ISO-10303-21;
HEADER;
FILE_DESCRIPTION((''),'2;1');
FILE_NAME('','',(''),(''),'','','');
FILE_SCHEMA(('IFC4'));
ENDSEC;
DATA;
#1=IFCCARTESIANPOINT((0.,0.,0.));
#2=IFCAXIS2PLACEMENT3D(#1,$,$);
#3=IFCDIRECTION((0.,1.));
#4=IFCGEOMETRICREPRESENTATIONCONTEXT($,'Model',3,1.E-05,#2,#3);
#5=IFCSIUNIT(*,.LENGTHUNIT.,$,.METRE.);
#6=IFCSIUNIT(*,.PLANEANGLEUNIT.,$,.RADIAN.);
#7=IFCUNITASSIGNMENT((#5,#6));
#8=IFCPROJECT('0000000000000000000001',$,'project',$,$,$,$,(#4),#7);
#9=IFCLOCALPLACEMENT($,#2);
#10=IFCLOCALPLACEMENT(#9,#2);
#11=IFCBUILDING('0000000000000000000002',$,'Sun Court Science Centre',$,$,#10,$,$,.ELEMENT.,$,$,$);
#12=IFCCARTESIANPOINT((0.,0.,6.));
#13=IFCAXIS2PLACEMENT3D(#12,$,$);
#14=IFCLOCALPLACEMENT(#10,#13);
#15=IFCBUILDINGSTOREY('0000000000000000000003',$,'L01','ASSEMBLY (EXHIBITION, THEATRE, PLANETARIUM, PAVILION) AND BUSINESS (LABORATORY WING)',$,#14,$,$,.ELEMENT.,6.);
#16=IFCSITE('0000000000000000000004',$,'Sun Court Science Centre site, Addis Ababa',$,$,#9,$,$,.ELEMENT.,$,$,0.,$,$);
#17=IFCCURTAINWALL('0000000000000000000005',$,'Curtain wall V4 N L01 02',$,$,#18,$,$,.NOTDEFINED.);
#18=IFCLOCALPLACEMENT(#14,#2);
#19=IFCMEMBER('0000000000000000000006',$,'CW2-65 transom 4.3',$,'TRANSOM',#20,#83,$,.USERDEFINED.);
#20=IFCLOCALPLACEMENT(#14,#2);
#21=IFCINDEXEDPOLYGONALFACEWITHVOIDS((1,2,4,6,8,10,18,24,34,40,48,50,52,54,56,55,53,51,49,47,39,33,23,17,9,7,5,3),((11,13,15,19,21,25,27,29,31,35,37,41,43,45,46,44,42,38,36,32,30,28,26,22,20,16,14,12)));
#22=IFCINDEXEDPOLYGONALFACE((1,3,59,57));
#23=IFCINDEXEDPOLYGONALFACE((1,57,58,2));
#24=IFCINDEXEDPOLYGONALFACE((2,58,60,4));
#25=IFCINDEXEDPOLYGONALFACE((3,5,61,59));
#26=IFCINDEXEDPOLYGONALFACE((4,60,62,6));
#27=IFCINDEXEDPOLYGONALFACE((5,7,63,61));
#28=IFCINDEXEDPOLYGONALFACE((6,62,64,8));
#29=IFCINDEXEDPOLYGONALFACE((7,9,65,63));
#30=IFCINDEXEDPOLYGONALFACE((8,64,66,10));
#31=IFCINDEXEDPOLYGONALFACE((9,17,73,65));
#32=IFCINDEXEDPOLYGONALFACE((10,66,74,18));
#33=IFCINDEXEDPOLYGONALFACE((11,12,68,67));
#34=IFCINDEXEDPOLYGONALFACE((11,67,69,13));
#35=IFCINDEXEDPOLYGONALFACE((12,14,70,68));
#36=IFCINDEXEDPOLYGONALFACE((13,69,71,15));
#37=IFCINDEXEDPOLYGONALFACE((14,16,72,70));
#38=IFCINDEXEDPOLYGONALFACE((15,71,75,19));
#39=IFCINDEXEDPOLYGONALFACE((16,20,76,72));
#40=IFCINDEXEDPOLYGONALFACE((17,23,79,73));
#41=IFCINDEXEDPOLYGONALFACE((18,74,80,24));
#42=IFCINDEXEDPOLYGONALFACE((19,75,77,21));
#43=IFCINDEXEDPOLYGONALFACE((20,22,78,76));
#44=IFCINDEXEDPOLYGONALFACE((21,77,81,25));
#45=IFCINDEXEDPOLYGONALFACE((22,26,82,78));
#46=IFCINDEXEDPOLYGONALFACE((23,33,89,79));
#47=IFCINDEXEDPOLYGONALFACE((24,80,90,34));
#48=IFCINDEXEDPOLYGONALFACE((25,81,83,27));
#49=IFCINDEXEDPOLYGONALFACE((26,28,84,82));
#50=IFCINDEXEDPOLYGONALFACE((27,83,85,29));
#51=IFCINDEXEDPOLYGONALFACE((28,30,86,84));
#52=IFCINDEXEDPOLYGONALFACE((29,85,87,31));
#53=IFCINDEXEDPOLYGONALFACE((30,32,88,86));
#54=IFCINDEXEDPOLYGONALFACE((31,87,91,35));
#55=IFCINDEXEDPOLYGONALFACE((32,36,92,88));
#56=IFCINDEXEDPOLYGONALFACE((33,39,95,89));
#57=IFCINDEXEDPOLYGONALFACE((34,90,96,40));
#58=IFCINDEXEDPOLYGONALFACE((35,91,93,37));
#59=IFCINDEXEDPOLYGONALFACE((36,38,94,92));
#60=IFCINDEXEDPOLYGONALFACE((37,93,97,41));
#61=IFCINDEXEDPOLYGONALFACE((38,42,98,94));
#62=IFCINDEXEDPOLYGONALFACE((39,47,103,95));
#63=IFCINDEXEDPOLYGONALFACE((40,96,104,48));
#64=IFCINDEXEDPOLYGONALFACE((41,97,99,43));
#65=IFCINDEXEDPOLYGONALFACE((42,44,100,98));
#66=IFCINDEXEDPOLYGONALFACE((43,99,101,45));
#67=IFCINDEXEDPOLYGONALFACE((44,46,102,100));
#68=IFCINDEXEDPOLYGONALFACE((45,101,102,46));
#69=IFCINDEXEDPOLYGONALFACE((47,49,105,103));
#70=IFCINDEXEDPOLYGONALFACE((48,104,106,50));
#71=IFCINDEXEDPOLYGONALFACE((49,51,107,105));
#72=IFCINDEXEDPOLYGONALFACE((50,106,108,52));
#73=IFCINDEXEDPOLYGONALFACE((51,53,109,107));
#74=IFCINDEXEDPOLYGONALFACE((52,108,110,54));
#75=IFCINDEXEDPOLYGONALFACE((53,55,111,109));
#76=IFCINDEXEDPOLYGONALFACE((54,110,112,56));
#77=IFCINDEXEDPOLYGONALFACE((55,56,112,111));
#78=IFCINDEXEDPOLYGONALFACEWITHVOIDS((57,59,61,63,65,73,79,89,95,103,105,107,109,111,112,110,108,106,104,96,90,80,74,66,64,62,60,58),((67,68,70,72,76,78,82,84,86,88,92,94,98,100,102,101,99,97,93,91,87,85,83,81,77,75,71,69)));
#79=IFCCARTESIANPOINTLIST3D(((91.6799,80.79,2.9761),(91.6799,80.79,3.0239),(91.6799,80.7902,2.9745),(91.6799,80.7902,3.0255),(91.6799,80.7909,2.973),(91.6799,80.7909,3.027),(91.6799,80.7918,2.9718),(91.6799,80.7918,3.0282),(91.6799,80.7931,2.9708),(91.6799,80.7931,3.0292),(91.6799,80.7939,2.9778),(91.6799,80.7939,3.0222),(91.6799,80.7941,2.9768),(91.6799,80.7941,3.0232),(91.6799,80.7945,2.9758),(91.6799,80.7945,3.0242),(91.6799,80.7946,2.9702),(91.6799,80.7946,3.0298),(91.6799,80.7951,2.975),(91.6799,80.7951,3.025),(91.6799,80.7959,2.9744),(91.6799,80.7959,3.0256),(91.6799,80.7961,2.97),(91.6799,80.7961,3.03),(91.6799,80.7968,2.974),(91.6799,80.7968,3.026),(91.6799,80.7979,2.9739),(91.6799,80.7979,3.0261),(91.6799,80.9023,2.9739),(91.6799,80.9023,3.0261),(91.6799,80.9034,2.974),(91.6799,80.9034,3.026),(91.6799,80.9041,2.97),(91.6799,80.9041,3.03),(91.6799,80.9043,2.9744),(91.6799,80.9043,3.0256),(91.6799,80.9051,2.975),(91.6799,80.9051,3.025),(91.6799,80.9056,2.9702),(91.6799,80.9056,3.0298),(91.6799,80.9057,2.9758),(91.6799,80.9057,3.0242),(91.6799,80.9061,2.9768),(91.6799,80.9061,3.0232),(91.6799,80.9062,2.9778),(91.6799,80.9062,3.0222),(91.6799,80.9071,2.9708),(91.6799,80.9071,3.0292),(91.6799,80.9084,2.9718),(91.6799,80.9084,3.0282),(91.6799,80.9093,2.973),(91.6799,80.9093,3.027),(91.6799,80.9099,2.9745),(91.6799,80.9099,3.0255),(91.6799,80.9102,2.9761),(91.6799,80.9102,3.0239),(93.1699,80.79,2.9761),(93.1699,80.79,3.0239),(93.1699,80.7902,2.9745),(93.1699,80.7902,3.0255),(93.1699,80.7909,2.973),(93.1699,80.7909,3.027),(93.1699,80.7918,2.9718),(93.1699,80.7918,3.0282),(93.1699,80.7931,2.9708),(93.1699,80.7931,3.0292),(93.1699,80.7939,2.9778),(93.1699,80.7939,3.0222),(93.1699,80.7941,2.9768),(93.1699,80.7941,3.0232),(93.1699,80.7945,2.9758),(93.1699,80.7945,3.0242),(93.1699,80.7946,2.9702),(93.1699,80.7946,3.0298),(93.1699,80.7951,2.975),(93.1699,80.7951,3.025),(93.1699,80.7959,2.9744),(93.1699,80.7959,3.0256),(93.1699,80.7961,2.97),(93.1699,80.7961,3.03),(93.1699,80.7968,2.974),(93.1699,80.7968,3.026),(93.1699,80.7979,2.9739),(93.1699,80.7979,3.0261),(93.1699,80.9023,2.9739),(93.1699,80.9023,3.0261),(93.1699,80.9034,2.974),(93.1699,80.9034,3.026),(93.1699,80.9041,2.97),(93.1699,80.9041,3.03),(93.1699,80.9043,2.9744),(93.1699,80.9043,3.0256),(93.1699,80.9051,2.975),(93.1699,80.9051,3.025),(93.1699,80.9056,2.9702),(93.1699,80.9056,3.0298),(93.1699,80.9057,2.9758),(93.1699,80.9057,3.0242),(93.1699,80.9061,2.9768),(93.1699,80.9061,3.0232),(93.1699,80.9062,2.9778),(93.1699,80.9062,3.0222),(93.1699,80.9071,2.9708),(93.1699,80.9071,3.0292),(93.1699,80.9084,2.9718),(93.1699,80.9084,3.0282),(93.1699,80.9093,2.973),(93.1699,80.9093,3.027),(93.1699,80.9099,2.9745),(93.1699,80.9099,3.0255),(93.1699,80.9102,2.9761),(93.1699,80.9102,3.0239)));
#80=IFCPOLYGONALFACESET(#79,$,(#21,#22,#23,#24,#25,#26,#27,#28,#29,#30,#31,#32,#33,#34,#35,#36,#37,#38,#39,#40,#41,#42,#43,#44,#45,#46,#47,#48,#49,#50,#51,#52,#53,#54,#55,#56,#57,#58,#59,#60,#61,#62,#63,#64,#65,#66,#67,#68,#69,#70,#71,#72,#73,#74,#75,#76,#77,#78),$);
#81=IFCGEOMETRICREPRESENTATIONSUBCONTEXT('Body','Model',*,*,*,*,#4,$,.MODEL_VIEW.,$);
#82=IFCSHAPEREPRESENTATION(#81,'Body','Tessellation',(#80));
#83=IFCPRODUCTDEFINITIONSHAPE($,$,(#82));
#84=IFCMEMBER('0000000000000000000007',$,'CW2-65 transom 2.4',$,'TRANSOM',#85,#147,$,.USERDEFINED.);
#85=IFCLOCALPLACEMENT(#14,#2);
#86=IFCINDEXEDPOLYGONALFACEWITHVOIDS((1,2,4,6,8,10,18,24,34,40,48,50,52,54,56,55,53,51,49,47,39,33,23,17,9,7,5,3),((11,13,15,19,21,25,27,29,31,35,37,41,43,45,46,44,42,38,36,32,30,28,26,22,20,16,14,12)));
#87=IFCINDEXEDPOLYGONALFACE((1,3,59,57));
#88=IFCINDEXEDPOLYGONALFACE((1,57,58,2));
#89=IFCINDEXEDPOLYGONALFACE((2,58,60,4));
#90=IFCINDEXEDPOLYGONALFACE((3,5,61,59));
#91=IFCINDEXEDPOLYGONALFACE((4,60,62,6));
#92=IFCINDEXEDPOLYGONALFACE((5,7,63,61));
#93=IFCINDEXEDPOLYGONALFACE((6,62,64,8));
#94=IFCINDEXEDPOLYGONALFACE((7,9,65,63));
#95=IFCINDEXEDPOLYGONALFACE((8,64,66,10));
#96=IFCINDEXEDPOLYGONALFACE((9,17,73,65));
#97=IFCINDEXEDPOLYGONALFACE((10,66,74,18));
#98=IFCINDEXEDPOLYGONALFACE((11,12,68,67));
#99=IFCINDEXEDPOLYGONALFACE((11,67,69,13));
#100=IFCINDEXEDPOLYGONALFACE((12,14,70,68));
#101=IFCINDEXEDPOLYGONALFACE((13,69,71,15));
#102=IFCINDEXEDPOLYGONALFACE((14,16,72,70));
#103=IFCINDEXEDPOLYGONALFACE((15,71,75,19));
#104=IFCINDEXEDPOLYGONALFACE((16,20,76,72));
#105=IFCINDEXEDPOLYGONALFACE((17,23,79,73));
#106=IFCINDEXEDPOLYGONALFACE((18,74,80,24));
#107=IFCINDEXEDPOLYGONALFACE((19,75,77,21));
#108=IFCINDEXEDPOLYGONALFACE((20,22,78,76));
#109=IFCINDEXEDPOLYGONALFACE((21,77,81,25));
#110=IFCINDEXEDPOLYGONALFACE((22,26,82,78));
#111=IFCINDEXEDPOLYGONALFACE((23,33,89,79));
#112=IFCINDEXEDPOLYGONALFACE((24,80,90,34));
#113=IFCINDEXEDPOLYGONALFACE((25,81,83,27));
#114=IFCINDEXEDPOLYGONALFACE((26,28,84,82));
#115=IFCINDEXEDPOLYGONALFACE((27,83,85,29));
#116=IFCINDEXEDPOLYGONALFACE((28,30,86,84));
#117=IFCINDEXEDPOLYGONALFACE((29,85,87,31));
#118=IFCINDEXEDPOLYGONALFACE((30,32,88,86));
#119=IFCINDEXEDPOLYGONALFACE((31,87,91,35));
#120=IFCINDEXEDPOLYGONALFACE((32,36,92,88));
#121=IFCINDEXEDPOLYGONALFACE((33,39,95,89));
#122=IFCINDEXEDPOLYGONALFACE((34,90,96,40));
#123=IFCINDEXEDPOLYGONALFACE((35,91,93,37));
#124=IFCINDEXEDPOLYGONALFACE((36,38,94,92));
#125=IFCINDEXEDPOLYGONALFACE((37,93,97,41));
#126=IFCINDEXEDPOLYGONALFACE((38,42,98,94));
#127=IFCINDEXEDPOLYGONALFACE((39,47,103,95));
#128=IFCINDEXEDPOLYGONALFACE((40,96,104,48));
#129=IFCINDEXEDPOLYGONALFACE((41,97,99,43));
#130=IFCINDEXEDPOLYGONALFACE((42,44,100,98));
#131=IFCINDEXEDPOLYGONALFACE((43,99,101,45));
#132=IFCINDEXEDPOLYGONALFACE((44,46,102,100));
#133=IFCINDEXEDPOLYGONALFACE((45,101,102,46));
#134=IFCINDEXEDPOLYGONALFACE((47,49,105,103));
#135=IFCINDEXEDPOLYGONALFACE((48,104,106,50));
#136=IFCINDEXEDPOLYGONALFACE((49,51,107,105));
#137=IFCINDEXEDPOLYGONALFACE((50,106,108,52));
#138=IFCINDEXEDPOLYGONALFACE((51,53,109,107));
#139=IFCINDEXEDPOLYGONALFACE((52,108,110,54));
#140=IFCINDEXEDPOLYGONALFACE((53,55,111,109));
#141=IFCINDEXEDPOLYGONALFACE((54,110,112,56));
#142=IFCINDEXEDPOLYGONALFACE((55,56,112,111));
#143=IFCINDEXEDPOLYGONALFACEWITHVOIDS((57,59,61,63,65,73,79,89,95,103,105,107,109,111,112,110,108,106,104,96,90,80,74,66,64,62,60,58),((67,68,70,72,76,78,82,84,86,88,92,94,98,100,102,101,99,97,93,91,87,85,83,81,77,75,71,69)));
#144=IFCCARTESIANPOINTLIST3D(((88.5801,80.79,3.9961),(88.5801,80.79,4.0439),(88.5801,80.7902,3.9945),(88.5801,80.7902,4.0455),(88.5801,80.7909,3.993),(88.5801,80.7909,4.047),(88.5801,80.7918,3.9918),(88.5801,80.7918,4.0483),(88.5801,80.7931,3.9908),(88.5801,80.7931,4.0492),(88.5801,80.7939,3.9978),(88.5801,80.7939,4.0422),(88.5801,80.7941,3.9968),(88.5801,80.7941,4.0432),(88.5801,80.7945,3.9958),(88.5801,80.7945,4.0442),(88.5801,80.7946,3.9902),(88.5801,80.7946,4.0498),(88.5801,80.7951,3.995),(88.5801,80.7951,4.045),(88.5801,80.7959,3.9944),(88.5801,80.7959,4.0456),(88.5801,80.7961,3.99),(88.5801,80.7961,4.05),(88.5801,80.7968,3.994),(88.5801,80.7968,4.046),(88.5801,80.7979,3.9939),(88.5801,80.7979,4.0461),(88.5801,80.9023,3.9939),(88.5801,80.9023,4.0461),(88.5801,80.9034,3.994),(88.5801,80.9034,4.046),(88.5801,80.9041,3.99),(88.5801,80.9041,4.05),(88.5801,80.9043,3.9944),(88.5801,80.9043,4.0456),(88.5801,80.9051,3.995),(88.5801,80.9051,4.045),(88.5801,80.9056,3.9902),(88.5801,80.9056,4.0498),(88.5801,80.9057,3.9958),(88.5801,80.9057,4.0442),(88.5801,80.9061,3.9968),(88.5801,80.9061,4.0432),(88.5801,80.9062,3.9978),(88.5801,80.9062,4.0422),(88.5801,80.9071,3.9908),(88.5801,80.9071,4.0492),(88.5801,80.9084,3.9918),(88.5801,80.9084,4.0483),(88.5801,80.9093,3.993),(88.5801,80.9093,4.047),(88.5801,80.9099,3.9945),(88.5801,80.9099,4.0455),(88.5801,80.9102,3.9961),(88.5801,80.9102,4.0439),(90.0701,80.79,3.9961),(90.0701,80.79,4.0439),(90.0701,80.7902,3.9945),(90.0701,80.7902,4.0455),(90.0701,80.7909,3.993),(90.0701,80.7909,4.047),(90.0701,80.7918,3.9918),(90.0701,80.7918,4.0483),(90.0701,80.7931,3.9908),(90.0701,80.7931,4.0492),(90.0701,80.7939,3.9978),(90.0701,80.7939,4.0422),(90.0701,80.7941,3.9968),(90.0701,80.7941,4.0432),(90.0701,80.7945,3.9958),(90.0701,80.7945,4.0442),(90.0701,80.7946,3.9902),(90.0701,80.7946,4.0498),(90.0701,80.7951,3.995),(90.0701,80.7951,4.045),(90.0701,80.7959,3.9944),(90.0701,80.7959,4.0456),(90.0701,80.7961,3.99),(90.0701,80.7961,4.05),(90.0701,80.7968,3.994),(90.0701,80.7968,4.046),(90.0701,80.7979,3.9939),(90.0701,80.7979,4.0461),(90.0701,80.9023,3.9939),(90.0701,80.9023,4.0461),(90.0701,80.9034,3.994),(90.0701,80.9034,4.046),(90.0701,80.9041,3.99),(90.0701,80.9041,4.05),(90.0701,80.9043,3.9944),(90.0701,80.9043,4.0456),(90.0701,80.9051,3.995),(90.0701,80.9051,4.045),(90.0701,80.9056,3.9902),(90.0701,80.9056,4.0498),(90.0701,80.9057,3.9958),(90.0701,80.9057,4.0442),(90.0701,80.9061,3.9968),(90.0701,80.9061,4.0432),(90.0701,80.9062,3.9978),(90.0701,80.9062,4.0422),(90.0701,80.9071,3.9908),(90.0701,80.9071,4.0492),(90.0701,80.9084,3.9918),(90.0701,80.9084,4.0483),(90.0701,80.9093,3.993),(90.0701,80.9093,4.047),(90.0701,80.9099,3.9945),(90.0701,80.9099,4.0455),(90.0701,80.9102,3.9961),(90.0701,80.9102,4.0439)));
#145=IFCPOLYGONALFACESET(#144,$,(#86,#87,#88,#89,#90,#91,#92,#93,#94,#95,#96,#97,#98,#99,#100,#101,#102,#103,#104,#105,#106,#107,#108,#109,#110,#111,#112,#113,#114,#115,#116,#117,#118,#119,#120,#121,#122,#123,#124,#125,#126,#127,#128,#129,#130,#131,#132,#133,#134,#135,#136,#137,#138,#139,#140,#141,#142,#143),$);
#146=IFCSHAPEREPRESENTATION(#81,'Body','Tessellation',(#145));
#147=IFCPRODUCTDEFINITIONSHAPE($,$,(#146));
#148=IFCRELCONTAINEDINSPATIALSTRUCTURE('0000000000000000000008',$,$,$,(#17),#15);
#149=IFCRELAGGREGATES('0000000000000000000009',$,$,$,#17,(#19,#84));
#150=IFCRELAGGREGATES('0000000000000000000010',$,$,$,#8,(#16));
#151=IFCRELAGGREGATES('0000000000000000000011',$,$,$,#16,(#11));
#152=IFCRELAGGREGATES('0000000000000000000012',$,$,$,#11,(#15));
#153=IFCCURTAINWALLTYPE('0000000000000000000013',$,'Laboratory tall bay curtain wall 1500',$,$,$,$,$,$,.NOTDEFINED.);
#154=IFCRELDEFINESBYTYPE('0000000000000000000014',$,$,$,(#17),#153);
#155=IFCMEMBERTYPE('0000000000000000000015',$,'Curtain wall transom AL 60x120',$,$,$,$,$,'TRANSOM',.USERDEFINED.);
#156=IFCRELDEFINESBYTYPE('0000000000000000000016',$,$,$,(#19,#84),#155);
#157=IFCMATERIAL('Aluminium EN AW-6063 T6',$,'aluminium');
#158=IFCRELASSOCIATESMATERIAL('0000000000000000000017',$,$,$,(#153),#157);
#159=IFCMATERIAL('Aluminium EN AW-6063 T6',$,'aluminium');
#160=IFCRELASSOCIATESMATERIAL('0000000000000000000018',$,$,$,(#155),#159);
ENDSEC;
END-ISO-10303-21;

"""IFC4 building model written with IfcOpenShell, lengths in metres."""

from ifc_helpers import new_model, si_unit, direction, frame, origin, origin_2d, place, context, subcontext, project, spatial, hollow_rectangle, extrude, material, material_profile, profile_set, type_object, element, aggregate, save


model = new_model("IFC4")

# Units and contexts
model_context = context("Model", 3, precision=1e-05, world=origin(), true_north=direction((0.0, 1.0)))
body_context = subcontext(model_context, "Body", "Model", "MODEL_VIEW")
ifc_project = project(units=[si_unit("LENGTHUNIT", "METRE"), si_unit("PLANEANGLEUNIT", "RADIAN")], contexts=[model_context])

# Site, building, storey
site_placement = place(None, origin())
site = spatial("IfcSite", under=ifc_project, at=site_placement, Name="Sun Court Science Centre site, Addis Ababa", CompositionType="ELEMENT", RefElevation=0.0)
building_placement = place(site_placement, origin())
building = spatial("IfcBuilding", under=site, at=building_placement, Name="Sun Court Science Centre", CompositionType="ELEMENT")
storey_placement = place(building_placement, frame((0.0, 0.0, 6.0)))
storey = spatial("IfcBuildingStorey", under=building, at=storey_placement, Name="L01", Description="ASSEMBLY (EXHIBITION, THEATRE, PLANETARIUM, PAVILION) AND BUSINESS (LABORATORY WING)", CompositionType="ELEMENT", Elevation=6.0)

# Curtain wall, members
ifc_material_1 = material(Name="Aluminium EN AW-6063 T6", Category="aluminium")
curtain_wall_type = type_object("IfcCurtainWallType", Name="Laboratory tall bay curtain wall 1500", PredefinedType="NOTDEFINED", material=ifc_material_1)
curtain_wall_placement = place(storey_placement, origin())
curtain_wall = element("IfcCurtainWall", 1, at=curtain_wall_placement, inside=storey, type_object=curtain_wall_type, Name="Curtain wall V4 N L01 02", PredefinedType="NOTDEFINED")
ifc_material_2 = material(Name="Aluminium EN AW-6063 T6", Category="aluminium")
ifc_material_profile_1 = material_profile(ifc_material_2, hollow_rectangle(XDim=0.0601, YDim=0.1201, WallThickness=0.0039, InnerFilletRadius=0.0039, OuterFilletRadius=0.0061, at=origin_2d()), Name="AL 60x120x4")
ifc_profile_set_1 = profile_set([ifc_material_profile_1], Name="Aluminium EN AW-6063 T6")
member_type_1 = type_object("IfcMemberType", Name="Curtain wall transom AL 60x120", ElementType="TRANSOM", PredefinedType="USERDEFINED", material=ifc_profile_set_1)
member_1_placement = place(storey_placement, frame((91.6799, 80.8501, 3.0), z_axis=(1.0, 0.0, 0.0), x_axis=(0.0, 0.0, 1.0)))
member_1 = element("IfcMember", 2, at=member_1_placement, type_object=member_type_1, Name="CW2-65 transom 4.3", ObjectType="TRANSOM", PredefinedType="USERDEFINED", context=body_context, shape_type="SweptSolid", body=[
    extrude(hollow_rectangle(XDim=0.0601, YDim=0.1201, WallThickness=0.0039, InnerFilletRadius=0.0039, OuterFilletRadius=0.0061, at=origin_2d()), origin(), (0.0, 0.0, 1.0), 1.49),
])
member_2_placement = place(storey_placement, frame((88.5801, 80.8501, 4.02), z_axis=(1.0, 0.0, 0.0), x_axis=(0.0, 0.0, 1.0)))
member_2 = element("IfcMember", 3, at=member_2_placement, type_object=member_type_1, Name="CW2-65 transom 2.4", ObjectType="TRANSOM", PredefinedType="USERDEFINED", context=body_context, shape_type="SweptSolid", body=[
    extrude(hollow_rectangle(XDim=0.0601, YDim=0.1201, WallThickness=0.0039, InnerFilletRadius=0.0039, OuterFilletRadius=0.0061, at=origin_2d()), origin(), (0.0, 0.0, 1.0), 1.49),
])
aggregate(curtain_wall, [member_1, member_2])

save(model, "model.ifc")
